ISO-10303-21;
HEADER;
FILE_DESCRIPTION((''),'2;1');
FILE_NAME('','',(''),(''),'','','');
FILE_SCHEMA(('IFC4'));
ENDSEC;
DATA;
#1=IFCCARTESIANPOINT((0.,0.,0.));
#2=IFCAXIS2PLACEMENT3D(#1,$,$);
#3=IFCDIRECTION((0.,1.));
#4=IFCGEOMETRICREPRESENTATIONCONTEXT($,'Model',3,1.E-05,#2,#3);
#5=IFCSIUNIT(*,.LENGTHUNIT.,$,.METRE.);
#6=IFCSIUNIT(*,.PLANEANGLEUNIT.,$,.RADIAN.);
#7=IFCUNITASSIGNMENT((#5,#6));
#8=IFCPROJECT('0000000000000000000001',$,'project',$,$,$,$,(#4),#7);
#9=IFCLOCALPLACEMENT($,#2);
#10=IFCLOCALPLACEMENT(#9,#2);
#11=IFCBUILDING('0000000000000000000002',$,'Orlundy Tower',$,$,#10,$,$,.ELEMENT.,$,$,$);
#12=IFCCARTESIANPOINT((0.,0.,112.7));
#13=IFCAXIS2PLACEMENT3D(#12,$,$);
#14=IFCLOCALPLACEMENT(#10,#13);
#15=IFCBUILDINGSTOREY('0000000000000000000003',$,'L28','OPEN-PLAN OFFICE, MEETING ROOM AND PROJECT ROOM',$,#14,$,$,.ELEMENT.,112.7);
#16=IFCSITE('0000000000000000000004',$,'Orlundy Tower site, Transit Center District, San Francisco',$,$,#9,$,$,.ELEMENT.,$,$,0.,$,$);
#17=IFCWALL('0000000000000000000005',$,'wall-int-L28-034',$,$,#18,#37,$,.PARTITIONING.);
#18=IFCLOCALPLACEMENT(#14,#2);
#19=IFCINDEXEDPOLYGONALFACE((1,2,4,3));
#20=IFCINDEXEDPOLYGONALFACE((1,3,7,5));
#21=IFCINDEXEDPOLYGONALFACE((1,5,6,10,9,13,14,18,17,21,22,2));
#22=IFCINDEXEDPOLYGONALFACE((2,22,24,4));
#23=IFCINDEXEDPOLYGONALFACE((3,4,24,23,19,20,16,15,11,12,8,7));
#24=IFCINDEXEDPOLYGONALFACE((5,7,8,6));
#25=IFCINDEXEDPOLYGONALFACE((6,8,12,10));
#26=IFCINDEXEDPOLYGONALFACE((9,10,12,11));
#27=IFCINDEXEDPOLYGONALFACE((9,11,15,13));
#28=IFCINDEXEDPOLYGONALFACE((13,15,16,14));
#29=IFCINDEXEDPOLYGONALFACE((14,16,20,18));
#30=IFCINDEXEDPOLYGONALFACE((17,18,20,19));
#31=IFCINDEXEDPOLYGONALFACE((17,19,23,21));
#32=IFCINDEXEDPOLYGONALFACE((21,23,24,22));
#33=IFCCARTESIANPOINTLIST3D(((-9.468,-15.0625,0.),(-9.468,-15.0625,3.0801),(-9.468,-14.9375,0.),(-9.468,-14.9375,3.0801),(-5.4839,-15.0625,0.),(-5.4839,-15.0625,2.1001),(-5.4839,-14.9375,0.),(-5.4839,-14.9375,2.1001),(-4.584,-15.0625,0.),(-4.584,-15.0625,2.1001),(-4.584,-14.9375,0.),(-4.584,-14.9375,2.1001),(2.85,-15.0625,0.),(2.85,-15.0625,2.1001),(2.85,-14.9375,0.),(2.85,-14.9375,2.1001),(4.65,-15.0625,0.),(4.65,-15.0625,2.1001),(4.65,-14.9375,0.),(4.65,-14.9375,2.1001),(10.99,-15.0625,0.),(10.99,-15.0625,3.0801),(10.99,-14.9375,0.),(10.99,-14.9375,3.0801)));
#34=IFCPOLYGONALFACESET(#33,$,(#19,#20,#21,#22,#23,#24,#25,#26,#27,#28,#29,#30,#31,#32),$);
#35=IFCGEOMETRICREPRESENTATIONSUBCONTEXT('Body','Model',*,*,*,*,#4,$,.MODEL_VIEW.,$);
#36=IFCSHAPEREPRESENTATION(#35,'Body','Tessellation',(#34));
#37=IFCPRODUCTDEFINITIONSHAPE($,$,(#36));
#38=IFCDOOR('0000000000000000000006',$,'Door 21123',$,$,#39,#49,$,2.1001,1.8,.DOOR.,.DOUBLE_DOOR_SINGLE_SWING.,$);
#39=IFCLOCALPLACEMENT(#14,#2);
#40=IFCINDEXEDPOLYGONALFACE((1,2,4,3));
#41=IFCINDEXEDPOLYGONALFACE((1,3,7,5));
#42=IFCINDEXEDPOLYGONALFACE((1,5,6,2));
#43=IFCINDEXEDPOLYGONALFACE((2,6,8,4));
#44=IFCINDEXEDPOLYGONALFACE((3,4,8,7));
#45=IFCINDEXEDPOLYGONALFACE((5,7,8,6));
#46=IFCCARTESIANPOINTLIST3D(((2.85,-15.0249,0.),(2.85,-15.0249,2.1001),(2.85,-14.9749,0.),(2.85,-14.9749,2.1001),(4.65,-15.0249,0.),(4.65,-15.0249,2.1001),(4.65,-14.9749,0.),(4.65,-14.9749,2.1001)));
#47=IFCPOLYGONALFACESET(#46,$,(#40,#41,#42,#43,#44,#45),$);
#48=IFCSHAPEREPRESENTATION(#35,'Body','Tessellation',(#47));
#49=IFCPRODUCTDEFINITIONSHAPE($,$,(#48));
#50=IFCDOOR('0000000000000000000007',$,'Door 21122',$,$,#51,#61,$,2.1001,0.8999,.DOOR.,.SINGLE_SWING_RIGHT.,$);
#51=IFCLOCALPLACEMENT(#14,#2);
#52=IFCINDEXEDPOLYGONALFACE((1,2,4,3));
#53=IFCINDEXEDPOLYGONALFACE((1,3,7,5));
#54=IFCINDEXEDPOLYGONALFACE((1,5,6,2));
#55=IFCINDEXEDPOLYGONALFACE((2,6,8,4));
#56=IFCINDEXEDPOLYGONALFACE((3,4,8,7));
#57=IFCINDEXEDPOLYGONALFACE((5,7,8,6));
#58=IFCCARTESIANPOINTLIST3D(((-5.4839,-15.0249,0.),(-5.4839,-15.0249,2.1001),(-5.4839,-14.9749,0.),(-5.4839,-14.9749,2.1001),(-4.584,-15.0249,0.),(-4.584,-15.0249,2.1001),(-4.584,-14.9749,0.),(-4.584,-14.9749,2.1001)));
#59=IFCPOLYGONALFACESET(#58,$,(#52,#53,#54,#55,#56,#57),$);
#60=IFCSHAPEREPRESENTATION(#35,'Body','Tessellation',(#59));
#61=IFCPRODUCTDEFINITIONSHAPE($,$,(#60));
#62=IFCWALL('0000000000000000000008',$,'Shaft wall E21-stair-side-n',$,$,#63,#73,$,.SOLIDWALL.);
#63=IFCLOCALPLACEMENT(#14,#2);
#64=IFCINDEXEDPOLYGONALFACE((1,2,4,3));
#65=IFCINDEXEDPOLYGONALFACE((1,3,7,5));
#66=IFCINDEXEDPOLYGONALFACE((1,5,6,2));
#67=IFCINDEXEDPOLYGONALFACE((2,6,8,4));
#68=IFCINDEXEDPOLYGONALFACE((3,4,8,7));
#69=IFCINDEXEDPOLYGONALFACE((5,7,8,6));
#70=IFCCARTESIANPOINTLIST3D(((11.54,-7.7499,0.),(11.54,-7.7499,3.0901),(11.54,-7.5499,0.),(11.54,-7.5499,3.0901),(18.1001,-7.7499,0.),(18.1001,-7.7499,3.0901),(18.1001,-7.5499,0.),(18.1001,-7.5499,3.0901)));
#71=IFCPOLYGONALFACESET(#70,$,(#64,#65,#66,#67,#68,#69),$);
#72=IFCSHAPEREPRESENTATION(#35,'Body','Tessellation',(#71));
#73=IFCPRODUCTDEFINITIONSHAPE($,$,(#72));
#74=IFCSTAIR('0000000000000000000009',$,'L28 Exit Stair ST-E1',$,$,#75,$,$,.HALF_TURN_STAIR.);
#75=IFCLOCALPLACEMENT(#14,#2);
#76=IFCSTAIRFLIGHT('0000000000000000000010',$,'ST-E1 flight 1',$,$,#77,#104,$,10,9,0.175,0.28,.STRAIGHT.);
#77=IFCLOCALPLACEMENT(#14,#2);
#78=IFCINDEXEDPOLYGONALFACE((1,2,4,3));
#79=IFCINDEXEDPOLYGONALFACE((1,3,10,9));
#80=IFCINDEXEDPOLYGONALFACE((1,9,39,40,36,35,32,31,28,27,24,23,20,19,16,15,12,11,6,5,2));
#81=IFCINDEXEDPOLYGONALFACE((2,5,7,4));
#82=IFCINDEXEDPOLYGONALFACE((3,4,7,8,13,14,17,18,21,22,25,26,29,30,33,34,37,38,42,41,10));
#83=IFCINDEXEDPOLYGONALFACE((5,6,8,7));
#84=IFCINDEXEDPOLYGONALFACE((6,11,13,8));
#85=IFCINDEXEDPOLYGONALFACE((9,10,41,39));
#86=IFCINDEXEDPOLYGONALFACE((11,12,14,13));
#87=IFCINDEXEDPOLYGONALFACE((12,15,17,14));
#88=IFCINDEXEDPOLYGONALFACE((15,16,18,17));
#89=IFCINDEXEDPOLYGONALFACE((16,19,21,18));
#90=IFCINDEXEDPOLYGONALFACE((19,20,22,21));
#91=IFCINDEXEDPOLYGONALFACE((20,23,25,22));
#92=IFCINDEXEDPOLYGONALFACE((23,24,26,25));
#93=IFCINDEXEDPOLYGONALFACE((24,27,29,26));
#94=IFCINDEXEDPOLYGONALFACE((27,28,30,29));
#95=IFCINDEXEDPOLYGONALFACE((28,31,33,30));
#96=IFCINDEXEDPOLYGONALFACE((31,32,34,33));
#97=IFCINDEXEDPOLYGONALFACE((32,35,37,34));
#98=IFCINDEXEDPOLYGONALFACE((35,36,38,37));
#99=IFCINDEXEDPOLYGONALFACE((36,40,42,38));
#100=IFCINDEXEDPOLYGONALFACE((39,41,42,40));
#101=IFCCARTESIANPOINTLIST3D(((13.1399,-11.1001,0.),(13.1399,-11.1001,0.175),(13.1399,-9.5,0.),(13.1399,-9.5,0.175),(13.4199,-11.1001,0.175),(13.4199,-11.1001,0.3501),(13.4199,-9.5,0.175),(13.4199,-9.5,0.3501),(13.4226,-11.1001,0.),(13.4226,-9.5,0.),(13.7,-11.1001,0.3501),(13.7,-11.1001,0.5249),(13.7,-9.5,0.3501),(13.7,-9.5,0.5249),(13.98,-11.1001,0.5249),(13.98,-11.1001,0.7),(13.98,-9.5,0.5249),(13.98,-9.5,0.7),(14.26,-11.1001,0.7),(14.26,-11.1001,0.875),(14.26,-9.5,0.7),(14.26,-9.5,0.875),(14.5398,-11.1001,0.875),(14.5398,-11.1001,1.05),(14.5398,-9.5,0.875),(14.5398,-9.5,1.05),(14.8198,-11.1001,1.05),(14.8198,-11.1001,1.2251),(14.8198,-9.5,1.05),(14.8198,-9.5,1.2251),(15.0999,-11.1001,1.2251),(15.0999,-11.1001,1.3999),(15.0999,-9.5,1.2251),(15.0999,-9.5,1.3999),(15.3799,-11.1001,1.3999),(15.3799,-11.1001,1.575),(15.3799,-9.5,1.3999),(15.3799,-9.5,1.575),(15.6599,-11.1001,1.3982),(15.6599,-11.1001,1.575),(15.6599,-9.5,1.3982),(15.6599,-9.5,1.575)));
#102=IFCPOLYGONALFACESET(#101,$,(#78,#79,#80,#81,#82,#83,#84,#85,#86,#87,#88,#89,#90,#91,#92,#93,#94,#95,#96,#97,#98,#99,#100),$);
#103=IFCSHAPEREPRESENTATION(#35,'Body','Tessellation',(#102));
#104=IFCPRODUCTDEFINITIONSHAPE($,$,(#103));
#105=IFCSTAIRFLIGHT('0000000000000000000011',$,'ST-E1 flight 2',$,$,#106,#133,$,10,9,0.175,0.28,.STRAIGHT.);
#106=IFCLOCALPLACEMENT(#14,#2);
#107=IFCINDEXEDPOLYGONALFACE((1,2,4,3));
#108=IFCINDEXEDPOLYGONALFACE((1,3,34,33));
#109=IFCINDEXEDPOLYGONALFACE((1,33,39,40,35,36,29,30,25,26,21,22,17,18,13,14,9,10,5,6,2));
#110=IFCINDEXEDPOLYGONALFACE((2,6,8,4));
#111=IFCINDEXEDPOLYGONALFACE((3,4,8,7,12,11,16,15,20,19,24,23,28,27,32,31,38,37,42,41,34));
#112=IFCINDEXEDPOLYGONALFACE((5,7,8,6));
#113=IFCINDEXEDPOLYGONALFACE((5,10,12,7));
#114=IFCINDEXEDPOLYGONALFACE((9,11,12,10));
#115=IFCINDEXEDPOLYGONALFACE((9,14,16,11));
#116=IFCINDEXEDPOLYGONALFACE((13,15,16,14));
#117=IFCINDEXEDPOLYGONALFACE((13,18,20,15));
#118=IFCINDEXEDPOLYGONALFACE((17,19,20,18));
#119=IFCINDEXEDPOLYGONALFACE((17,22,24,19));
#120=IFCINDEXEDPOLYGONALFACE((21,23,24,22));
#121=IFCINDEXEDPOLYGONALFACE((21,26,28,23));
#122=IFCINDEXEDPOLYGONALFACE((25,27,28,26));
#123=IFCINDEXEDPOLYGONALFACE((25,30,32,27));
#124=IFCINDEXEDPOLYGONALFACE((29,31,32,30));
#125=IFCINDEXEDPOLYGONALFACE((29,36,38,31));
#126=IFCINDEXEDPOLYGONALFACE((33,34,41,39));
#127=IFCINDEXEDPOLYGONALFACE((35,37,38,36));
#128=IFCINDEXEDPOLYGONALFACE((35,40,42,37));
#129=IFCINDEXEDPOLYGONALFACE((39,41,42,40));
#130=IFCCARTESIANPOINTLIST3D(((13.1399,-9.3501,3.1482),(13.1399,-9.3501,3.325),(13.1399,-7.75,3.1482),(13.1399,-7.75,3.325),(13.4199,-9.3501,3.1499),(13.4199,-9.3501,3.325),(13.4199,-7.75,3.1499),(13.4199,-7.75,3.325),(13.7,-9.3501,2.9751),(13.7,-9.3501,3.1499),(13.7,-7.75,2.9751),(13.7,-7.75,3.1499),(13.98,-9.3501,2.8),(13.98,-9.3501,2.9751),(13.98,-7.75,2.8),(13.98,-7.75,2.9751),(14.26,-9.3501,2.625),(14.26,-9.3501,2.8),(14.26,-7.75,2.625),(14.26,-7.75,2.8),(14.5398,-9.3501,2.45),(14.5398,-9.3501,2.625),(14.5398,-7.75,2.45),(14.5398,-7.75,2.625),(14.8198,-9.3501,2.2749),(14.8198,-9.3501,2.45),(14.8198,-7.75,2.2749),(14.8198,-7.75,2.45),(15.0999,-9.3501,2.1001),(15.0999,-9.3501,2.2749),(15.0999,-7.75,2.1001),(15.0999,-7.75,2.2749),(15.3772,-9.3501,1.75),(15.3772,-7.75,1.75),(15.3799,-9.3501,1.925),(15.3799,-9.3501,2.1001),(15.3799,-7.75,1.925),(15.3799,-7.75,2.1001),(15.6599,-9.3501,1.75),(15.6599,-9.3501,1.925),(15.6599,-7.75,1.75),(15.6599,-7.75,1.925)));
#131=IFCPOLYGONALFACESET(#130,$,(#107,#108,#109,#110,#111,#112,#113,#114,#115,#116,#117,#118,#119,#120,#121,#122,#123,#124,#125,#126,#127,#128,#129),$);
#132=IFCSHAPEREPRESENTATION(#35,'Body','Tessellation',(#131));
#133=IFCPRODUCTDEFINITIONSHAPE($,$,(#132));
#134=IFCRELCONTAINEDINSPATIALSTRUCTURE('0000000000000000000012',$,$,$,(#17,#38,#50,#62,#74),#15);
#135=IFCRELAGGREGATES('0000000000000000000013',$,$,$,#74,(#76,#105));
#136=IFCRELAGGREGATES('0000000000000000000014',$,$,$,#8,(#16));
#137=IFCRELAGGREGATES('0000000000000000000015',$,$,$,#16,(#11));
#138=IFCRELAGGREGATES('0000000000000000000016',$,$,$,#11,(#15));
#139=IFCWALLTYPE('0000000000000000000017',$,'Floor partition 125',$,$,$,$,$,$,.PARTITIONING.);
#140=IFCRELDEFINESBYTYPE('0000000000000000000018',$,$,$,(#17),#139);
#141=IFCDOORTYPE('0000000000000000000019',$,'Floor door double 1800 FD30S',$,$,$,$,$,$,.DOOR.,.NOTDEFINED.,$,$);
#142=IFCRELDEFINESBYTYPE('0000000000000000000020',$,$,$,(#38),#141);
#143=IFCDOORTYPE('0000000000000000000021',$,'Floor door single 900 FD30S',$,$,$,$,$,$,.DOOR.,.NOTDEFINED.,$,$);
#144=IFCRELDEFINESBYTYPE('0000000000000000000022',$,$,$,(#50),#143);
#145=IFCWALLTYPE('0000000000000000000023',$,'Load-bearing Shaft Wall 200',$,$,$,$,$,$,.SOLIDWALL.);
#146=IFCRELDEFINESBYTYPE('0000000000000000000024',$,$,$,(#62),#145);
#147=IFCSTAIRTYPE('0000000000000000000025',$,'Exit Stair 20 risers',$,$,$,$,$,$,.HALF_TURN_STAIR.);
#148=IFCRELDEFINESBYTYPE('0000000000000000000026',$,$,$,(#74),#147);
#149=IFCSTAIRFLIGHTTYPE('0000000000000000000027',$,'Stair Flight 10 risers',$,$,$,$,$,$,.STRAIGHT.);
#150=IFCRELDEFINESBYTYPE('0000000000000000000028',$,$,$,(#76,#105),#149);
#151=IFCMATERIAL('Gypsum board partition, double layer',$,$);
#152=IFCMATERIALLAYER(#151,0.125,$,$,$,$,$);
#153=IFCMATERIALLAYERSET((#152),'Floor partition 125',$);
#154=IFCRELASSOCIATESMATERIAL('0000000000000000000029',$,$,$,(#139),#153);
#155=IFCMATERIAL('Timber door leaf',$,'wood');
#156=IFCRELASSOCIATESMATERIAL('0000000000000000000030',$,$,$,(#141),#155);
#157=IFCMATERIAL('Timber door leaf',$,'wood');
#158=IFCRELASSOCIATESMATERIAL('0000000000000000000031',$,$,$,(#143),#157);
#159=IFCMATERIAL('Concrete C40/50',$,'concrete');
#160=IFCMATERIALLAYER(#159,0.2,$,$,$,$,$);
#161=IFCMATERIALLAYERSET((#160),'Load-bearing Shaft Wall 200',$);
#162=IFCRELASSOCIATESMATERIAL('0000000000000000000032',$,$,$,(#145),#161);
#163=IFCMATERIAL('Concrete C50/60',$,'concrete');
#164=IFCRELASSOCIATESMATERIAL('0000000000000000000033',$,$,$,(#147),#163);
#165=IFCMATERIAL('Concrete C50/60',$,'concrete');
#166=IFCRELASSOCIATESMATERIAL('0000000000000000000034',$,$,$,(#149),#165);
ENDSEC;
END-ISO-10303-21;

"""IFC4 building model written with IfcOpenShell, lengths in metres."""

from ifc_helpers import new_model, si_unit, direction, frame, frame_2d, origin, place, context, subcontext, project, spatial, polyline, rectangle, outline, extrude, material, layer, layer_set, type_object, element, fill, aggregate, save


model = new_model("IFC4")

# Units and contexts
model_context = context("Model", 3, precision=1e-05, world=origin(), true_north=direction((0.0, 1.0)))
body_context = subcontext(model_context, "Body", "Model", "MODEL_VIEW")
ifc_project = project(units=[si_unit("LENGTHUNIT", "METRE"), si_unit("PLANEANGLEUNIT", "RADIAN")], contexts=[model_context])

# Site, building, storey
site_placement = place(None, origin())
site = spatial("IfcSite", under=ifc_project, at=site_placement, Name="Orlundy Tower site, Transit Center District, San Francisco", CompositionType="ELEMENT", RefElevation=0.0)
building_placement = place(site_placement, origin())
building = spatial("IfcBuilding", under=site, at=building_placement, Name="Orlundy Tower", CompositionType="ELEMENT")
storey_placement = place(building_placement, frame((0.0, 0.0, 112.7)))
storey = spatial("IfcBuildingStorey", under=building, at=storey_placement, Name="L28", Description="OPEN-PLAN OFFICE, MEETING ROOM AND PROJECT ROOM", CompositionType="ELEMENT", Elevation=112.7)

# Wall, openings, doors
ifc_material_1 = material(Name="Gypsum board partition, double layer")
ifc_layer_1 = layer(ifc_material_1, 0.125)
ifc_layer_set_1 = layer_set([ifc_layer_1], Name="Floor partition 125")
wall_type_1 = type_object("IfcWallType", Name="Floor partition 125", PredefinedType="PARTITIONING", material=ifc_layer_set_1)
wall_1_placement = place(storey_placement, frame((10.99, -15.0, 0.0), z_axis=(0.0, 0.0, 1.0), x_axis=(-1.0, 0.0, 0.0)))
wall_1 = element("IfcWall", 1, at=wall_1_placement, inside=storey, type_object=wall_type_1, Name="wall-int-L28-034", PredefinedType="PARTITIONING", context=body_context, shape_type="SweptSolid", body=[
    extrude(rectangle(XDim=20.458, YDim=0.125, at=frame_2d((10.229, 0.0))), origin(), (0.0, 0.0, 1.0), 3.0801),
])
opening_1_placement = place(wall_1_placement, frame((15.574, 0.0, 0.0)))
opening_1 = element("IfcOpeningElement", 2, at=opening_1_placement, cuts=wall_1, PredefinedType="OPENING", context=body_context, shape_type="SweptSolid", body=[
    extrude(rectangle(XDim=0.8999, YDim=2.1001, at=frame_2d((0.45, 1.05))), frame((0.0, 0.0725, 0.0), z_axis=(0.0, -1.0, 0.0), x_axis=(1.0, 0.0, 0.0)), (0.0, 0.0, 1.0), 0.145),
])
opening_2_placement = place(wall_1_placement, frame((6.3401, 0.0, 0.0)))
opening_2 = element("IfcOpeningElement", 3, at=opening_2_placement, cuts=wall_1, PredefinedType="OPENING", context=body_context, shape_type="SweptSolid", body=[
    extrude(rectangle(XDim=1.8, YDim=2.1001, at=frame_2d((0.8999, 1.05))), frame((0.0, 0.0725, 0.0), z_axis=(0.0, -1.0, 0.0), x_axis=(1.0, 0.0, 0.0)), (0.0, 0.0, 1.0), 0.145),
])
ifc_material_2 = material(Name="Timber door leaf", Category="wood")
door_type_1 = type_object("IfcDoorType", Name="Floor door double 1800 FD30S", OperationType="NOTDEFINED", PredefinedType="DOOR", material=ifc_material_2)
door_1_placement = place(opening_2_placement, origin())
door_1 = element("IfcDoor", 4, at=door_1_placement, inside=storey, type_object=door_type_1, Name="Door 21123", OperationType="DOUBLE_DOOR_SINGLE_SWING", OverallHeight=2.1001, OverallWidth=1.8, PredefinedType="DOOR", context=body_context, shape_type="SweptSolid", body=[
    extrude(rectangle(XDim=1.8, YDim=2.1001, at=frame_2d((0.8999, 1.05))), frame((0.0, 0.0249, 0.0), z_axis=(0.0, -1.0, 0.0), x_axis=(1.0, 0.0, 0.0)), (0.0, 0.0, 1.0), 0.05),
])
fill(opening_2, door_1)
ifc_material_3 = material(Name="Timber door leaf", Category="wood")
door_type_2 = type_object("IfcDoorType", Name="Floor door single 900 FD30S", OperationType="NOTDEFINED", PredefinedType="DOOR", material=ifc_material_3)
door_2_placement = place(opening_1_placement, origin())
door_2 = element("IfcDoor", 5, at=door_2_placement, inside=storey, type_object=door_type_2, Name="Door 21122", OperationType="SINGLE_SWING_RIGHT", OverallHeight=2.1001, OverallWidth=0.8999, PredefinedType="DOOR", context=body_context, shape_type="SweptSolid", body=[
    extrude(rectangle(XDim=0.8999, YDim=2.1001, at=frame_2d((0.45, 1.05))), frame((0.0, 0.0249, 0.0), z_axis=(0.0, -1.0, 0.0), x_axis=(1.0, 0.0, 0.0)), (0.0, 0.0, 1.0), 0.05),
])
fill(opening_1, door_2)

# Wall
ifc_material_4 = material(Name="Concrete C40/50", Category="concrete")
ifc_layer_2 = layer(ifc_material_4, 0.2)
ifc_layer_set_2 = layer_set([ifc_layer_2], Name="Load-bearing Shaft Wall 200")
wall_type_2 = type_object("IfcWallType", Name="Load-bearing Shaft Wall 200", PredefinedType="SOLIDWALL", material=ifc_layer_set_2)
wall_2_placement = place(storey_placement, frame((11.54, -7.6499, 0.0), z_axis=(0.0, 0.0, 1.0), x_axis=(1.0, 0.0, 0.0)))
element("IfcWall", 6, at=wall_2_placement, inside=storey, type_object=wall_type_2, Name="Shaft wall E21-stair-side-n", PredefinedType="SOLIDWALL", context=body_context, shape_type="SweptSolid", body=[
    extrude(rectangle(XDim=6.5601, YDim=0.2, at=frame_2d((3.28, 0.0))), origin(), (0.0, 0.0, 1.0), 3.0901),
])

# Stair, stair flights
ifc_material_5 = material(Name="Concrete C50/60", Category="concrete")
stair_type = type_object("IfcStairType", Name="Exit Stair 20 risers", PredefinedType="HALF_TURN_STAIR", material=ifc_material_5)
stair_placement = place(storey_placement, origin())
stair = element("IfcStair", 7, at=stair_placement, inside=storey, type_object=stair_type, Name="L28 Exit Stair ST-E1", PredefinedType="HALF_TURN_STAIR")
ifc_material_6 = material(Name="Concrete C50/60", Category="concrete")
stair_flight_type = type_object("IfcStairFlightType", Name="Stair Flight 10 risers", PredefinedType="STRAIGHT", material=ifc_material_6)
stair_flight_1_placement = place(storey_placement, frame((13.1399, -10.3, 0.0), z_axis=(0.0, 0.0, 1.0), x_axis=(1.0, 0.0, 0.0)))
stair_flight_1 = element("IfcStairFlight", 8, at=stair_flight_1_placement, type_object=stair_flight_type, Name="ST-E1 flight 1", NumberOfRisers=10, NumberOfTreads=9, PredefinedType="STRAIGHT", RiserHeight=0.175, TreadLength=0.28, context=body_context, shape_type="SweptSolid", body=[
    extrude(outline(polyline([(0.0, 0.0), (0.0, 0.175), (0.28, 0.175), (0.28, 0.3501), (0.5601, 0.3501), (0.5601, 0.5249), (0.8401, 0.5249), (0.8401, 0.7), (1.1201, 0.7), (1.1201, 0.875), (1.3999, 0.875), (1.3999, 1.05), (1.6799, 1.05), (1.6799, 1.2251), (1.96, 1.2251), (1.96, 1.3999), (2.24, 1.3999), (2.24, 1.575), (2.52, 1.575), (2.52, 1.75), (2.52, 1.3982), (0.2827, 0.0), (0.0, 0.0)])), frame((0.0, 0.8, 0.0), z_axis=(0.0, -1.0, 0.0), x_axis=(1.0, 0.0, 0.0)), (0.0, 0.0, 1.0), 1.6001),
])
stair_flight_2_placement = place(storey_placement, frame((15.6599, -8.55, 1.75), z_axis=(0.0, 0.0, 1.0), x_axis=(-1.0, 0.0, 0.0)))
stair_flight_2 = element("IfcStairFlight", 9, at=stair_flight_2_placement, type_object=stair_flight_type, Name="ST-E1 flight 2", NumberOfRisers=10, NumberOfTreads=9, PredefinedType="STRAIGHT", RiserHeight=0.175, TreadLength=0.28, context=body_context, shape_type="SweptSolid", body=[
    extrude(outline(polyline([(0.0, 0.0), (0.0, 0.175), (0.28, 0.175), (0.28, 0.3501), (0.5601, 0.3501), (0.5601, 0.5249), (0.8401, 0.5249), (0.8401, 0.7), (1.1201, 0.7), (1.1201, 0.875), (1.3999, 0.875), (1.3999, 1.05), (1.6799, 1.05), (1.6799, 1.2251), (1.96, 1.2251), (1.96, 1.3999), (2.24, 1.3999), (2.24, 1.575), (2.52, 1.575), (2.52, 1.75), (2.52, 1.3982), (0.2827, 0.0), (0.0, 0.0)])), frame((0.0, 0.8, 0.0), z_axis=(0.0, -1.0, 0.0), x_axis=(1.0, 0.0, 0.0)), (0.0, 0.0, 1.0), 1.6001),
])
aggregate(stair, [stair_flight_1, stair_flight_2])

save(model, "model.ifc")
